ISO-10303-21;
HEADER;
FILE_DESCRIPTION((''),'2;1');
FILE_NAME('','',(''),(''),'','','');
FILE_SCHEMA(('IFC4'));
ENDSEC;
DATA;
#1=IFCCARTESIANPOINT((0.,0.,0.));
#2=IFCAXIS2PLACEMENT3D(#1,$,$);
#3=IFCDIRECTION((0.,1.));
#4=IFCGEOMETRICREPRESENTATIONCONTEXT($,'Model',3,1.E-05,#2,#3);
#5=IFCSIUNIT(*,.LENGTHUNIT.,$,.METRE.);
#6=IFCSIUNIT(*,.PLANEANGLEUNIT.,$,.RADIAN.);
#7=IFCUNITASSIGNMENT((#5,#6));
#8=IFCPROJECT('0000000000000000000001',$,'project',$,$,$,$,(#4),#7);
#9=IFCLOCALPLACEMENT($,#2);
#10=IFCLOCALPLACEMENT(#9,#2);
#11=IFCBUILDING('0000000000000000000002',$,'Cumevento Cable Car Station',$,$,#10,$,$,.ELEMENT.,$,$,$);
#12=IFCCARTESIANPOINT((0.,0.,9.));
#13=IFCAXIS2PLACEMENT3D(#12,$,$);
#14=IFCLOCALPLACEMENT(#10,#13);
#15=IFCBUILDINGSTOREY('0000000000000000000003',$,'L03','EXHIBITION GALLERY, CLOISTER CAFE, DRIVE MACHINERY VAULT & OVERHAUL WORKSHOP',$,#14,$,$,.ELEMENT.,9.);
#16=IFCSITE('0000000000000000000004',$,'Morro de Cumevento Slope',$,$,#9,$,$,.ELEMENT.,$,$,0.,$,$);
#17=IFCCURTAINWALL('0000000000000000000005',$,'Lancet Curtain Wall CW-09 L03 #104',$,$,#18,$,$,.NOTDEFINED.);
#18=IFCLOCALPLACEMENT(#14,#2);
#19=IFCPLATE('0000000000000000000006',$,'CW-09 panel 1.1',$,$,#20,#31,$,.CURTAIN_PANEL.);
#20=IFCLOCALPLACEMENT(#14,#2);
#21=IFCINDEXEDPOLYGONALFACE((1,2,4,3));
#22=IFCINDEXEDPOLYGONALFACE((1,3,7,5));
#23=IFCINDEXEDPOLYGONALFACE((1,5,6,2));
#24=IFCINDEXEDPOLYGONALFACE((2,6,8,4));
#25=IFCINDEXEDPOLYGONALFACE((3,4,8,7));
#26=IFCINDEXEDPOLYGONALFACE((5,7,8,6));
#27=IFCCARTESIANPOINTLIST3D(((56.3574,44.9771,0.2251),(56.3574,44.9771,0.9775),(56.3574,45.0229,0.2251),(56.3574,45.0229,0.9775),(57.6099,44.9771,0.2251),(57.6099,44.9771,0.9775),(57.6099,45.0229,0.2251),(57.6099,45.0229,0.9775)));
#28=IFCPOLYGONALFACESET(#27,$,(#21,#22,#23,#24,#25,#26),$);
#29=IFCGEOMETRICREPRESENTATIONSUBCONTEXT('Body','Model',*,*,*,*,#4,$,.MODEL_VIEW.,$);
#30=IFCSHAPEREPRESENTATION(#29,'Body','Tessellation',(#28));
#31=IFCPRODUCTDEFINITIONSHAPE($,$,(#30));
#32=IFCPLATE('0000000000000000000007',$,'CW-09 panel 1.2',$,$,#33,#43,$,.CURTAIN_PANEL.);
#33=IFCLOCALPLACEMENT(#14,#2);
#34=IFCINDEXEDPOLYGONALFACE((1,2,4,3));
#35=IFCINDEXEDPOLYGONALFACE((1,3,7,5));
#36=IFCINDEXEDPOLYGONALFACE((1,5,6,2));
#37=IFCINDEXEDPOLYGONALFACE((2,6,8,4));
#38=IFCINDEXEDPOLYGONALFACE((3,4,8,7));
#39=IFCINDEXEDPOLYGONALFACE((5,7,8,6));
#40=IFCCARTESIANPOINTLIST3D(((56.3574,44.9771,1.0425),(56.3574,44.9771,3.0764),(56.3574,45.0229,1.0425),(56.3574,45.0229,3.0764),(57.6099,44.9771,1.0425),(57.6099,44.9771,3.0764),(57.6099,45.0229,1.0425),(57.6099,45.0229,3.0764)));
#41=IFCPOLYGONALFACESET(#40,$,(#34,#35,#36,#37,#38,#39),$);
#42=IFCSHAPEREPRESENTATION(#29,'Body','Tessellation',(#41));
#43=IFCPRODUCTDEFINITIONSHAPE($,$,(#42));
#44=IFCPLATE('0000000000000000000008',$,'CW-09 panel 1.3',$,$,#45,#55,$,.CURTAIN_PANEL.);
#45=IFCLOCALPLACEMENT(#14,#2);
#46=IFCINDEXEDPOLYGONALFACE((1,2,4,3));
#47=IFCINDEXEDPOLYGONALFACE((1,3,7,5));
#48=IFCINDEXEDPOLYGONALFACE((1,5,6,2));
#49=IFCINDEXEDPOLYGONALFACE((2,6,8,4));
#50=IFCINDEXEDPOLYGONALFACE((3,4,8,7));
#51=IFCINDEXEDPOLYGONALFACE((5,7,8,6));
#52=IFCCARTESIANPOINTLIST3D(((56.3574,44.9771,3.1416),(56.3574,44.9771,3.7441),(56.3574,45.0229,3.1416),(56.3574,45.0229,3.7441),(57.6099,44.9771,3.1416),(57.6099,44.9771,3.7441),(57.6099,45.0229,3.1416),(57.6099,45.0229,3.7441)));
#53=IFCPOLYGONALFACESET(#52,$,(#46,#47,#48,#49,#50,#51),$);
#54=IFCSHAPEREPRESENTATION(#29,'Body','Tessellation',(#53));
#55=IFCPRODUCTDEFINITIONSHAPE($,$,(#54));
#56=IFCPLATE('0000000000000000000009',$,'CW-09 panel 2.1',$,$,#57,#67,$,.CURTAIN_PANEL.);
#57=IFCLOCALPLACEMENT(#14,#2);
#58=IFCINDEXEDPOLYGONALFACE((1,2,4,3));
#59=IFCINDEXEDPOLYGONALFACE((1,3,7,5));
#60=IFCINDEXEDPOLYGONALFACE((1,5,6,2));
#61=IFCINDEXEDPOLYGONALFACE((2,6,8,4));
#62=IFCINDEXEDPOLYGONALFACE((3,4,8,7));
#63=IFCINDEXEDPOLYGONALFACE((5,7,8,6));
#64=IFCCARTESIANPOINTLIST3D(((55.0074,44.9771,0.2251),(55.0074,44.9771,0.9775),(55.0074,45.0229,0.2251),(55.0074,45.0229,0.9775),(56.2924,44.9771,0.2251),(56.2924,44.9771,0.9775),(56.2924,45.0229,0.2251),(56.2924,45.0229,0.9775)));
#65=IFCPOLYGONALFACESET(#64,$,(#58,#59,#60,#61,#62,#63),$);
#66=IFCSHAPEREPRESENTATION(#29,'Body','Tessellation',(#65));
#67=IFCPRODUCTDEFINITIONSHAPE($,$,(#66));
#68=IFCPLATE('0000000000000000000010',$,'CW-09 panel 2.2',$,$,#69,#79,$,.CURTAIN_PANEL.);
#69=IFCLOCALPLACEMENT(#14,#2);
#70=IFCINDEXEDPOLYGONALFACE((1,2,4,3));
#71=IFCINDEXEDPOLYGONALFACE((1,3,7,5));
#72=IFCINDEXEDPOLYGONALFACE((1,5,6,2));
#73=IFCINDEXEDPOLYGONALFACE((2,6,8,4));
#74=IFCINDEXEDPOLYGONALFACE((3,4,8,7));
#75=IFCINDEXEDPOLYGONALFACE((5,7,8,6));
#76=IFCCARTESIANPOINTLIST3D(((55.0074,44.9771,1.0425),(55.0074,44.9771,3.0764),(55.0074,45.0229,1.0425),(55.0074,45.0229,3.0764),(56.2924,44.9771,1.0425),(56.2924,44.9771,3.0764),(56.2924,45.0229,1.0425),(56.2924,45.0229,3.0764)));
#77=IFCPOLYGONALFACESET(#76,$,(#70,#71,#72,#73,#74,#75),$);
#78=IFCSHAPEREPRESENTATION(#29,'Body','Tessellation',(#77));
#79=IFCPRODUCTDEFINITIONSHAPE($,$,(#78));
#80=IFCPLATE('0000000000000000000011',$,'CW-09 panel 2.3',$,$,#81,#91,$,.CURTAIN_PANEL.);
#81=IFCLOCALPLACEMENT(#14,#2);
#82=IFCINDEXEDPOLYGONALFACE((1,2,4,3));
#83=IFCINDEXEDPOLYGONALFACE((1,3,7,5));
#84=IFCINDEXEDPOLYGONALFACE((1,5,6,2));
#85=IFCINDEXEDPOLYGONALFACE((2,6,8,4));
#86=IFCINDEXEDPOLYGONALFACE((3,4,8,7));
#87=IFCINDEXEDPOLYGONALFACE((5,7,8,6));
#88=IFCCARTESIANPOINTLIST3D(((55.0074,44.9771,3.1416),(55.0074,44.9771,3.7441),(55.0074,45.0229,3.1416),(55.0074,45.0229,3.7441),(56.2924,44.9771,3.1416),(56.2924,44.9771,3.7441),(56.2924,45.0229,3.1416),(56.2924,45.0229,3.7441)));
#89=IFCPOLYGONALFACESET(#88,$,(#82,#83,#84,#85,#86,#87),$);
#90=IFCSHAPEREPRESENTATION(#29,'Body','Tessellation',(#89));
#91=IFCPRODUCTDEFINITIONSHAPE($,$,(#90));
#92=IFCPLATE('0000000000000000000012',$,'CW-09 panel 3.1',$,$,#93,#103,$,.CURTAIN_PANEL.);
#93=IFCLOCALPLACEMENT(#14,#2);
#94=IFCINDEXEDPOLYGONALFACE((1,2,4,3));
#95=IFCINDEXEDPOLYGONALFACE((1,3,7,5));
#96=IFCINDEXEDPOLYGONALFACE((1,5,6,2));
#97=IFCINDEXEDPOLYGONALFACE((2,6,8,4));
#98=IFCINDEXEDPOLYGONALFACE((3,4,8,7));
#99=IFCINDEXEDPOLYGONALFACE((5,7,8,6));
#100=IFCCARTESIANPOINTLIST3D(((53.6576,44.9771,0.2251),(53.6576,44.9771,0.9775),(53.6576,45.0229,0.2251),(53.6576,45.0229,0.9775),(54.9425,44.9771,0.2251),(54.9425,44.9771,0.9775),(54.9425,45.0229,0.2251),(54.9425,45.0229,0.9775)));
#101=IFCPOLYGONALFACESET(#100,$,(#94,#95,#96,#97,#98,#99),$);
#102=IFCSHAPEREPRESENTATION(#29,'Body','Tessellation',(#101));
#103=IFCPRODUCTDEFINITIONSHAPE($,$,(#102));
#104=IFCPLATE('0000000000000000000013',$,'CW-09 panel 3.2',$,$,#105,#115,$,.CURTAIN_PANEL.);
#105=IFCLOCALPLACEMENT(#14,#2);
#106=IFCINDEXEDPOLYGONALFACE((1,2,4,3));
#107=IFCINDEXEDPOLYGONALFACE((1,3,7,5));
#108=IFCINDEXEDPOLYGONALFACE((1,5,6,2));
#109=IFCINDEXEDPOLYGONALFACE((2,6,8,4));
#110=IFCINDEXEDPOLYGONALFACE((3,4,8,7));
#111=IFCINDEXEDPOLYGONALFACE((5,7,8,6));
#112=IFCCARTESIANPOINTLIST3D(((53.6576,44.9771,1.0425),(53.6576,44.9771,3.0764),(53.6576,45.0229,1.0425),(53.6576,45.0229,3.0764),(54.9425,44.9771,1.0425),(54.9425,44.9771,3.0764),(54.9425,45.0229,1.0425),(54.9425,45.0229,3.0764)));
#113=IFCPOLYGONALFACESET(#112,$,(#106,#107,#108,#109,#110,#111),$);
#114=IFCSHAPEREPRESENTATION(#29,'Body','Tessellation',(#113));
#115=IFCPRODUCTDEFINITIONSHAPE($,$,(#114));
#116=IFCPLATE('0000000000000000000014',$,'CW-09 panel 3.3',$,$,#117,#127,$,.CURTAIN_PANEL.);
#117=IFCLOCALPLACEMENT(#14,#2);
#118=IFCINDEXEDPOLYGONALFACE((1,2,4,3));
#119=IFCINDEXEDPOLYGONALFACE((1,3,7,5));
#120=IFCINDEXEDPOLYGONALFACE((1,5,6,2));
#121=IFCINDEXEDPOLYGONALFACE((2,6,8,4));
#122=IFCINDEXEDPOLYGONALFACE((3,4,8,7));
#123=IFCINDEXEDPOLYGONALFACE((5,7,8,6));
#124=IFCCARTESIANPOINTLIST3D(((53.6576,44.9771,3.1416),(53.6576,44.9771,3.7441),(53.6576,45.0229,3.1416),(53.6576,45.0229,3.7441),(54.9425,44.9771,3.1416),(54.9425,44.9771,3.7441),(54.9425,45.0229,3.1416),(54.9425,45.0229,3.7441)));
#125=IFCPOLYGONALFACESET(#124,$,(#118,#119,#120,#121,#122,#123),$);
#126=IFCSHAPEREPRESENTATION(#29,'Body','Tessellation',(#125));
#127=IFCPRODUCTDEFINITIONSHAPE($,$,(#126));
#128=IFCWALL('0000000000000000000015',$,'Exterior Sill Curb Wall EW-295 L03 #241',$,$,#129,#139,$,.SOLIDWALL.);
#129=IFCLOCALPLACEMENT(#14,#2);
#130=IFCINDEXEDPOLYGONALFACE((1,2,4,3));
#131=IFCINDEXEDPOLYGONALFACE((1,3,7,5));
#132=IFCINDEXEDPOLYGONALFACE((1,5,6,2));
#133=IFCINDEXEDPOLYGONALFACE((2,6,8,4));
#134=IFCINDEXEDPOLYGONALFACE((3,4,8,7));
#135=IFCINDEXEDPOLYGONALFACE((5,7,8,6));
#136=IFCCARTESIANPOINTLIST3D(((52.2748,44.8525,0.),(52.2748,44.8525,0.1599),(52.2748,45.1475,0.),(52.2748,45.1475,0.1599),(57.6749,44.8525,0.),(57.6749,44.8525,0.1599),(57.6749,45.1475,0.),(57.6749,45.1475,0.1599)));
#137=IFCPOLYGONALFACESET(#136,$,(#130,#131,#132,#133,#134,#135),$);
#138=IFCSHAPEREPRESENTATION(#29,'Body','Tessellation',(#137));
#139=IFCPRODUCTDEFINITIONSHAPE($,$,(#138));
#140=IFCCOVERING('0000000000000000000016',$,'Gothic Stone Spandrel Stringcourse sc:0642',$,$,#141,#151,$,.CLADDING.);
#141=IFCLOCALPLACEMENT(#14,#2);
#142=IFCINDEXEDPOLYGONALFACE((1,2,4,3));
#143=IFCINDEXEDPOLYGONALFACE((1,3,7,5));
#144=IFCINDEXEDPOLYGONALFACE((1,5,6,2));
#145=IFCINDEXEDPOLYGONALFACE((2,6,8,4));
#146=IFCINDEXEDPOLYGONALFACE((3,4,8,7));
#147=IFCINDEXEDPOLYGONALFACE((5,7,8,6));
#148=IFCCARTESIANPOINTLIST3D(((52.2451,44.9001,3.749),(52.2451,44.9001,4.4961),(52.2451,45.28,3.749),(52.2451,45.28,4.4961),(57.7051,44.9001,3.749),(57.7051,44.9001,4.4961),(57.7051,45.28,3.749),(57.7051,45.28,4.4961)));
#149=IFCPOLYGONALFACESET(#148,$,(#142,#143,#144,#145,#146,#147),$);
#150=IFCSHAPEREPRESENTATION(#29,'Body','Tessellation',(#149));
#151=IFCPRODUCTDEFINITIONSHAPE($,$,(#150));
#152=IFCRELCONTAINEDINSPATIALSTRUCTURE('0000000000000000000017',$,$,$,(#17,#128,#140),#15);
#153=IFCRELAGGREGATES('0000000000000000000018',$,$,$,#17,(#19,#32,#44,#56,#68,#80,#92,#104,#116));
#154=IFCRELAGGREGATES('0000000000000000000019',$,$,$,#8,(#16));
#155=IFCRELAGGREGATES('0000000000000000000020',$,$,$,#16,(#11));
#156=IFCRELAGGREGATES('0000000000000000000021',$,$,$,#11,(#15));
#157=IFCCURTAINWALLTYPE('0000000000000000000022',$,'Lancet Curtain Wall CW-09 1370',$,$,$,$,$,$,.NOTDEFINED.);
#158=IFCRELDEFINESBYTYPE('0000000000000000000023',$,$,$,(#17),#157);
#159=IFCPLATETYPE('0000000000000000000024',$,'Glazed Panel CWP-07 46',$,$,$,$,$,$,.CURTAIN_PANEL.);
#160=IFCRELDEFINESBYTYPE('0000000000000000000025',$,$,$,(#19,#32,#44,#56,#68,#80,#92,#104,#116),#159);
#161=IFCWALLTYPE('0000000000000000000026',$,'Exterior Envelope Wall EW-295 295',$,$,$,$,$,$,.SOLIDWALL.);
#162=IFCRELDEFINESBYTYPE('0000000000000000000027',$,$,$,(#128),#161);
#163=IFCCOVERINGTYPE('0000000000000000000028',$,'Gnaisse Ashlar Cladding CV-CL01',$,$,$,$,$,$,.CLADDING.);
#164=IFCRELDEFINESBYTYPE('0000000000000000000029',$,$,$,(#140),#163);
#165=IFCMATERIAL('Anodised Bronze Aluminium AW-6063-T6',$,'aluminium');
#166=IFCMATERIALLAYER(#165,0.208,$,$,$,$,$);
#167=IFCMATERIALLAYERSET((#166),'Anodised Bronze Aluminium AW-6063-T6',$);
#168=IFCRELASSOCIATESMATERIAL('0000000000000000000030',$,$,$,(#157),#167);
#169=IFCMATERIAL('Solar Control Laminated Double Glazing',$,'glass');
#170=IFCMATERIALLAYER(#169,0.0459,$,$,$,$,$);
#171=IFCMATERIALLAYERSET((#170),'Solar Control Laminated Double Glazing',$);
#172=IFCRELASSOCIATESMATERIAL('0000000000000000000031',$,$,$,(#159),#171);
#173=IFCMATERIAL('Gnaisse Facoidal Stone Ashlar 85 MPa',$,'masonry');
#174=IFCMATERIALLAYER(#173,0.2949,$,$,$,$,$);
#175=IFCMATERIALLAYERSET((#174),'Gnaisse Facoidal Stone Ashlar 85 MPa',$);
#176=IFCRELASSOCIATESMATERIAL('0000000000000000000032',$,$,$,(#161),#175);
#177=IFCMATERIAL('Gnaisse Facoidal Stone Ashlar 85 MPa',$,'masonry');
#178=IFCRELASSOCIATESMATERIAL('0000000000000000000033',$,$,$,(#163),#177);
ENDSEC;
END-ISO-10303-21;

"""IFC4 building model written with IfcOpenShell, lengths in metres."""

from ifc_helpers import new_model, si_unit, direction, frame, frame_2d, origin, origin_2d, place, context, subcontext, project, spatial, rectangle, extrude, material, layer, layer_set, type_object, element, aggregate, save


model = new_model("IFC4")

# Units and contexts
model_context = context("Model", 3, precision=1e-05, world=origin(), true_north=direction((0.0, 1.0)))
body_context = subcontext(model_context, "Body", "Model", "MODEL_VIEW")
ifc_project = project(units=[si_unit("LENGTHUNIT", "METRE"), si_unit("PLANEANGLEUNIT", "RADIAN")], contexts=[model_context])

# Site, building, storey
site_placement = place(None, origin())
site = spatial("IfcSite", under=ifc_project, at=site_placement, Name="Morro de Cumevento Slope", CompositionType="ELEMENT", RefElevation=0.0)
building_placement = place(site_placement, origin())
building = spatial("IfcBuilding", under=site, at=building_placement, Name="Cumevento Cable Car Station", CompositionType="ELEMENT")
storey_placement = place(building_placement, frame((0.0, 0.0, 9.0)))
storey = spatial("IfcBuildingStorey", under=building, at=storey_placement, Name="L03", Description="EXHIBITION GALLERY, CLOISTER CAFE, DRIVE MACHINERY VAULT & OVERHAUL WORKSHOP", CompositionType="ELEMENT", Elevation=9.0)

# Curtain wall
ifc_material_1 = material(Name="Anodised Bronze Aluminium AW-6063-T6", Category="aluminium")
ifc_layer_1 = layer(ifc_material_1, 0.208)
ifc_layer_set_1 = layer_set([ifc_layer_1], Name="Anodised Bronze Aluminium AW-6063-T6")
curtain_wall_type = type_object("IfcCurtainWallType", Name="Lancet Curtain Wall CW-09 1370", PredefinedType="NOTDEFINED", material=ifc_layer_set_1)
curtain_wall_placement = place(storey_placement, origin())
curtain_wall = element("IfcCurtainWall", 1, at=curtain_wall_placement, inside=storey, type_object=curtain_wall_type, Name="Lancet Curtain Wall CW-09 L03 #104", PredefinedType="NOTDEFINED")

# Plates
ifc_material_2 = material(Name="Solar Control Laminated Double Glazing", Category="glass")
ifc_layer_2 = layer(ifc_material_2, 0.0459)
ifc_layer_set_2 = layer_set([ifc_layer_2], Name="Solar Control Laminated Double Glazing")
plate_type = type_object("IfcPlateType", Name="Glazed Panel CWP-07 46", PredefinedType="CURTAIN_PANEL", material=ifc_layer_set_2)
plate_1_placement = place(storey_placement, frame((56.9836, 45.0, 0.2251), z_axis=(0.0, 0.0, 1.0), x_axis=(-1.0, 0.0, 0.0)))
plate_1 = element("IfcPlate", 2, at=plate_1_placement, type_object=plate_type, Name="CW-09 panel 1.1", PredefinedType="CURTAIN_PANEL", context=body_context, shape_type="SweptSolid", body=[
    extrude(rectangle(XDim=1.2524, YDim=0.0459, at=origin_2d()), origin(), (0.0, 0.0, 1.0), 0.7524),
])
plate_2_placement = place(storey_placement, frame((56.9836, 45.0, 1.0425), z_axis=(0.0, 0.0, 1.0), x_axis=(-1.0, 0.0, 0.0)))
plate_2 = element("IfcPlate", 3, at=plate_2_placement, type_object=plate_type, Name="CW-09 panel 1.2", PredefinedType="CURTAIN_PANEL", context=body_context, shape_type="SweptSolid", body=[
    extrude(rectangle(XDim=1.2524, YDim=0.0459, at=origin_2d()), origin(), (0.0, 0.0, 1.0), 2.0339),
])
plate_3_placement = place(storey_placement, frame((56.9836, 45.0, 3.1416), z_axis=(0.0, 0.0, 1.0), x_axis=(-1.0, 0.0, 0.0)))
plate_3 = element("IfcPlate", 4, at=plate_3_placement, type_object=plate_type, Name="CW-09 panel 1.3", PredefinedType="CURTAIN_PANEL", context=body_context, shape_type="SweptSolid", body=[
    extrude(rectangle(XDim=1.2524, YDim=0.0459, at=origin_2d()), origin(), (0.0, 0.0, 1.0), 0.6025),
])
plate_4_placement = place(storey_placement, frame((55.6499, 45.0, 0.2251), z_axis=(0.0, 0.0, 1.0), x_axis=(-1.0, 0.0, 0.0)))
plate_4 = element("IfcPlate", 5, at=plate_4_placement, type_object=plate_type, Name="CW-09 panel 2.1", PredefinedType="CURTAIN_PANEL", context=body_context, shape_type="SweptSolid", body=[
    extrude(rectangle(XDim=1.2849, YDim=0.0459, at=origin_2d()), origin(), (0.0, 0.0, 1.0), 0.7524),
])
plate_5_placement = place(storey_placement, frame((55.6499, 45.0, 1.0425), z_axis=(0.0, 0.0, 1.0), x_axis=(-1.0, 0.0, 0.0)))
plate_5 = element("IfcPlate", 6, at=plate_5_placement, type_object=plate_type, Name="CW-09 panel 2.2", PredefinedType="CURTAIN_PANEL", context=body_context, shape_type="SweptSolid", body=[
    extrude(rectangle(XDim=1.2849, YDim=0.0459, at=origin_2d()), origin(), (0.0, 0.0, 1.0), 2.0339),
])
plate_6_placement = place(storey_placement, frame((55.6499, 45.0, 3.1416), z_axis=(0.0, 0.0, 1.0), x_axis=(-1.0, 0.0, 0.0)))
plate_6 = element("IfcPlate", 7, at=plate_6_placement, type_object=plate_type, Name="CW-09 panel 2.3", PredefinedType="CURTAIN_PANEL", context=body_context, shape_type="SweptSolid", body=[
    extrude(rectangle(XDim=1.2849, YDim=0.0459, at=origin_2d()), origin(), (0.0, 0.0, 1.0), 0.6025),
])
plate_7_placement = place(storey_placement, frame((54.3, 45.0, 0.2251), z_axis=(0.0, 0.0, 1.0), x_axis=(-1.0, 0.0, 0.0)))
plate_7 = element("IfcPlate", 8, at=plate_7_placement, type_object=plate_type, Name="CW-09 panel 3.1", PredefinedType="CURTAIN_PANEL", context=body_context, shape_type="SweptSolid", body=[
    extrude(rectangle(XDim=1.2849, YDim=0.0459, at=origin_2d()), origin(), (0.0, 0.0, 1.0), 0.7524),
])
plate_8_placement = place(storey_placement, frame((54.3, 45.0, 1.0425), z_axis=(0.0, 0.0, 1.0), x_axis=(-1.0, 0.0, 0.0)))
plate_8 = element("IfcPlate", 9, at=plate_8_placement, type_object=plate_type, Name="CW-09 panel 3.2", PredefinedType="CURTAIN_PANEL", context=body_context, shape_type="SweptSolid", body=[
    extrude(rectangle(XDim=1.2849, YDim=0.0459, at=origin_2d()), origin(), (0.0, 0.0, 1.0), 2.0339),
])
plate_9_placement = place(storey_placement, frame((54.3, 45.0, 3.1416), z_axis=(0.0, 0.0, 1.0), x_axis=(-1.0, 0.0, 0.0)))
plate_9 = element("IfcPlate", 10, at=plate_9_placement, type_object=plate_type, Name="CW-09 panel 3.3", PredefinedType="CURTAIN_PANEL", context=body_context, shape_type="SweptSolid", body=[
    extrude(rectangle(XDim=1.2849, YDim=0.0459, at=origin_2d()), origin(), (0.0, 0.0, 1.0), 0.6025),
])
aggregate(curtain_wall, [plate_1, plate_2, plate_3, plate_4, plate_5, plate_6, plate_7, plate_8, plate_9])

# Wall
ifc_material_3 = material(Name="Gnaisse Facoidal Stone Ashlar 85 MPa", Category="masonry")
ifc_layer_3 = layer(ifc_material_3, 0.2949)
ifc_layer_set_3 = layer_set([ifc_layer_3], Name="Gnaisse Facoidal Stone Ashlar 85 MPa")
wall_type = type_object("IfcWallType", Name="Exterior Envelope Wall EW-295 295", PredefinedType="SOLIDWALL", material=ifc_layer_set_3)
wall_placement = place(storey_placement, frame((57.675, 45.0, 0.0), z_axis=(0.0, 0.0, 1.0), x_axis=(-1.0, 0.0, 0.0)))
element("IfcWall", 11, at=wall_placement, inside=storey, type_object=wall_type, Name="Exterior Sill Curb Wall EW-295 L03 #241", PredefinedType="SOLIDWALL", context=body_context, shape_type="SweptSolid", body=[
    extrude(rectangle(XDim=5.4001, YDim=0.2949, at=frame_2d((2.7002, 0.0))), origin(), (0.0, 0.0, 1.0), 0.1599),
])

# Covering
ifc_material_4 = material(Name="Gnaisse Facoidal Stone Ashlar 85 MPa", Category="masonry")
covering_type = type_object("IfcCoveringType", Name="Gnaisse Ashlar Cladding CV-CL01", PredefinedType="CLADDING", material=ifc_material_4)
covering_1_placement = place(storey_placement, frame((54.9751, 45.0901, 3.749), z_axis=(0.0, 0.0, 1.0), x_axis=(-1.0, 0.0, 0.0)))
element("IfcCovering", 12, at=covering_1_placement, inside=storey, type_object=covering_type, Name="Gothic Stone Spandrel Stringcourse sc:0642", PredefinedType="CLADDING", context=body_context, shape_type="SweptSolid", body=[
    extrude(rectangle(XDim=5.46, YDim=0.3799, at=origin_2d()), origin(), (0.0, 0.0, 1.0), 0.7471),
])

save(model, "model.ifc")
